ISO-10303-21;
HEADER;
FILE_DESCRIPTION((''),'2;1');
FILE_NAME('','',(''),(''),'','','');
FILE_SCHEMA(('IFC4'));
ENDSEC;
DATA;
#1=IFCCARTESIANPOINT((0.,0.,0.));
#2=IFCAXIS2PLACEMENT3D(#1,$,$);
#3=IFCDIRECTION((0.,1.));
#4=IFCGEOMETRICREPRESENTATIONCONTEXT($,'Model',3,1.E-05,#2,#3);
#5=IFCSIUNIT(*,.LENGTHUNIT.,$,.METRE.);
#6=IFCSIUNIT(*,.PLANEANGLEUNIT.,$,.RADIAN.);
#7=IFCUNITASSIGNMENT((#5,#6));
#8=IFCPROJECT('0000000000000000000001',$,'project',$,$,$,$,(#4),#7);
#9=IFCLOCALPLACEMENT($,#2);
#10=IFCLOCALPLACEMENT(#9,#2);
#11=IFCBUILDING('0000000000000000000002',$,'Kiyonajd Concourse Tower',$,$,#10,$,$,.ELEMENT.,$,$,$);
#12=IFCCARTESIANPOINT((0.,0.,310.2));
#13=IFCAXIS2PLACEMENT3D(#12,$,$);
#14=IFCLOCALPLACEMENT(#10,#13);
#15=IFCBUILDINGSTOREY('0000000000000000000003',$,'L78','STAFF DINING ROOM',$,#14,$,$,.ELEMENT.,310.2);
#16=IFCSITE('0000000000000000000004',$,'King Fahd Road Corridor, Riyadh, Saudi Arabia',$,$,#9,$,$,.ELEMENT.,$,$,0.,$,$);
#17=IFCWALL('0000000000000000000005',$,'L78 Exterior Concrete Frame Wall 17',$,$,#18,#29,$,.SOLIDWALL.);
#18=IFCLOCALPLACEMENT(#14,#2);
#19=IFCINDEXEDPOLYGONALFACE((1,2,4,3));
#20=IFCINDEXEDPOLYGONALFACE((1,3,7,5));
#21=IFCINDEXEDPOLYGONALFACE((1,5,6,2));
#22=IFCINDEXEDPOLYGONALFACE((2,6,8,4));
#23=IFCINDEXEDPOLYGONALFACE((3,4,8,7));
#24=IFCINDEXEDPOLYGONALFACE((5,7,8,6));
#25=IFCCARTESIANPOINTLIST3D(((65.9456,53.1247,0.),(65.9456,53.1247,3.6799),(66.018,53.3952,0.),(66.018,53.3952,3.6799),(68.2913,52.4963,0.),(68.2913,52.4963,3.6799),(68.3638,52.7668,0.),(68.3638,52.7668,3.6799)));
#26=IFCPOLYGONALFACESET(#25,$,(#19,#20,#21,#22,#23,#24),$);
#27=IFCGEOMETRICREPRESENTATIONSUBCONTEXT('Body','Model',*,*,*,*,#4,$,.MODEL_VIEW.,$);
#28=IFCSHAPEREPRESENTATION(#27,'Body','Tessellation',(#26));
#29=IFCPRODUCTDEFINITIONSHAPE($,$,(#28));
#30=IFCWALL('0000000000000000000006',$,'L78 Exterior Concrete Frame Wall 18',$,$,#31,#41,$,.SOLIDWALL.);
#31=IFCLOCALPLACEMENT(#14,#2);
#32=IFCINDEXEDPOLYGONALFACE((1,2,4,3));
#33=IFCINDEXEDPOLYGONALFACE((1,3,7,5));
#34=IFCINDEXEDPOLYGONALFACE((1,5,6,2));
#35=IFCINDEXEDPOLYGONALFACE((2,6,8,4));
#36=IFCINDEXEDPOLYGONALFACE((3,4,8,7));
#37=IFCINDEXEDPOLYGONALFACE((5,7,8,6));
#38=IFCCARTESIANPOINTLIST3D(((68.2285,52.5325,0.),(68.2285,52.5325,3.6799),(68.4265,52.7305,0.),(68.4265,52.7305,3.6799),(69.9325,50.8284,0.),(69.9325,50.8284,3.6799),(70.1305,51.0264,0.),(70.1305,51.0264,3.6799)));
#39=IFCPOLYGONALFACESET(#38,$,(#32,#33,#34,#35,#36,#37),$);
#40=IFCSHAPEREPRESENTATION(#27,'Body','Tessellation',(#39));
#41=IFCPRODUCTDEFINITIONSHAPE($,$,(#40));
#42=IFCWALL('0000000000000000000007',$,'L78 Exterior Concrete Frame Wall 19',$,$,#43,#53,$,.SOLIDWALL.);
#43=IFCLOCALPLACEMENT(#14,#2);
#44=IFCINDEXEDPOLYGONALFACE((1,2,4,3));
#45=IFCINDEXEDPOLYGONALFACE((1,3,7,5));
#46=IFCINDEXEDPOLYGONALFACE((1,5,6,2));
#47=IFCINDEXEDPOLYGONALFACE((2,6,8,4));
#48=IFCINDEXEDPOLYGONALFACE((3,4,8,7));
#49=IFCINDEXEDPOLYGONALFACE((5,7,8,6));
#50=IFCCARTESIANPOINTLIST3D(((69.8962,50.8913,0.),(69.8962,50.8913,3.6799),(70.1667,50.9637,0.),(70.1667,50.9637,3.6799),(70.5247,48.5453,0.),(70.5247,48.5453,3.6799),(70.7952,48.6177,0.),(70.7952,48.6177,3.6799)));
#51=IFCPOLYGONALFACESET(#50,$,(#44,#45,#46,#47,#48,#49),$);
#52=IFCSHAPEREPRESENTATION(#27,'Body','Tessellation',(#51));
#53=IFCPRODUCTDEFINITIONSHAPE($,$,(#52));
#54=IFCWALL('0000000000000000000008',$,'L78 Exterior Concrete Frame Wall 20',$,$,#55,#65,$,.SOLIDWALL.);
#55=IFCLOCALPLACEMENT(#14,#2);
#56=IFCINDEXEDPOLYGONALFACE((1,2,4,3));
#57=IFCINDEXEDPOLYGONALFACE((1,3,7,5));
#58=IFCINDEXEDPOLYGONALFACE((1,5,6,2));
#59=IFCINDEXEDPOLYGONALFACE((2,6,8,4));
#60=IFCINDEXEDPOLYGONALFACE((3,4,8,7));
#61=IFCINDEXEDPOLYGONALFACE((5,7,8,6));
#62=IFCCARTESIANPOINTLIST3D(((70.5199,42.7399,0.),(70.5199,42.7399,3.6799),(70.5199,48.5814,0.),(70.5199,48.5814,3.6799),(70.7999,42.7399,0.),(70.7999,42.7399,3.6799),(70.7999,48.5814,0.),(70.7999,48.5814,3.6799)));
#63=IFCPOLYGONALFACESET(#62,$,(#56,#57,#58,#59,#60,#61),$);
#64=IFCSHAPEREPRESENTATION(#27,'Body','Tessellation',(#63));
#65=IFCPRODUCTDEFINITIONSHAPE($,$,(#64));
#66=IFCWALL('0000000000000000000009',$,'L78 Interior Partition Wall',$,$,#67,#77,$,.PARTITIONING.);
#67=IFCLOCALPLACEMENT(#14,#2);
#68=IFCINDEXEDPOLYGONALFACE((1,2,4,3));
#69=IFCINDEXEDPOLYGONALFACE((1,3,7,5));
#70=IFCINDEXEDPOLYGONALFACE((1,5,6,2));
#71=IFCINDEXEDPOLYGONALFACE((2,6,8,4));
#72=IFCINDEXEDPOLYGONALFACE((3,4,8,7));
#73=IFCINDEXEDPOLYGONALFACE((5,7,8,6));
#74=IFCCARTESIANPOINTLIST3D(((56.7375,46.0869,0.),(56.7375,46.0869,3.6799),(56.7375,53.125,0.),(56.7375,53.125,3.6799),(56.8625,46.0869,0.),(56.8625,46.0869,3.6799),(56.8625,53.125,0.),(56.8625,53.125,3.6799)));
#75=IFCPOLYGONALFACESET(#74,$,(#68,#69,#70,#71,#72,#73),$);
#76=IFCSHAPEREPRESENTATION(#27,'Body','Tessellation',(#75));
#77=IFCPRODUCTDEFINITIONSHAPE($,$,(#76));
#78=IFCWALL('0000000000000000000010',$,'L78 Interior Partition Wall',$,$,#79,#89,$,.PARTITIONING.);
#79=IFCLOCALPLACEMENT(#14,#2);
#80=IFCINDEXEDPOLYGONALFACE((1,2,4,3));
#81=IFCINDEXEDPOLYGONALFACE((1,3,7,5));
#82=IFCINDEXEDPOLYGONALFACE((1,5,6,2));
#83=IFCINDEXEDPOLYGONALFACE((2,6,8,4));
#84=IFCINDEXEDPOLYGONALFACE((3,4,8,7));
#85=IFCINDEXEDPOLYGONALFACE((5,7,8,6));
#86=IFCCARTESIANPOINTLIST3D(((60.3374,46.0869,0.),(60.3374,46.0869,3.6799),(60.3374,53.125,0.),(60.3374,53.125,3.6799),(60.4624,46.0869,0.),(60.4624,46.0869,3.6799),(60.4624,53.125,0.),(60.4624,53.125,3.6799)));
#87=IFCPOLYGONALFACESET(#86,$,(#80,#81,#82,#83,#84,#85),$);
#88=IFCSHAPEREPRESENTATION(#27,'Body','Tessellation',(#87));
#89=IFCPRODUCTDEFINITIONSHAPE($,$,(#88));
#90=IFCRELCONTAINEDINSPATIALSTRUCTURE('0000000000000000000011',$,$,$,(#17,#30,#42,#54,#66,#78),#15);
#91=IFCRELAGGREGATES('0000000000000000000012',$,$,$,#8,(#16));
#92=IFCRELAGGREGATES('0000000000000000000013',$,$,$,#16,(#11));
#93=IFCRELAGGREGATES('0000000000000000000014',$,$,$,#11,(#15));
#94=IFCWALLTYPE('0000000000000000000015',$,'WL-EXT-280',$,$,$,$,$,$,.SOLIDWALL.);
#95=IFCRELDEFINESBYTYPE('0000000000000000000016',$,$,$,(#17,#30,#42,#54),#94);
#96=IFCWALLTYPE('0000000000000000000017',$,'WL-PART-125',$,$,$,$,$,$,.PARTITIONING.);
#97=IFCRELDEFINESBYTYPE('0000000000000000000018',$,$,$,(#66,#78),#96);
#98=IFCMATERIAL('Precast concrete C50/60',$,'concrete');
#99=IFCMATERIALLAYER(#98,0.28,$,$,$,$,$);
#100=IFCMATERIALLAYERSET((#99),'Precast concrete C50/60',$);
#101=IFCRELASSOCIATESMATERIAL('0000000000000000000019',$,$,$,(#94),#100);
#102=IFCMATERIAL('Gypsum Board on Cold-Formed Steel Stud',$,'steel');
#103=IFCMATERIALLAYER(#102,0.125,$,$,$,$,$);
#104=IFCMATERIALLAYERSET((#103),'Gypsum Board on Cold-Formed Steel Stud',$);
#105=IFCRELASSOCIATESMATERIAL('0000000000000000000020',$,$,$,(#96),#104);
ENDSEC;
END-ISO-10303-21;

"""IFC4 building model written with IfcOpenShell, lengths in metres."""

from ifc_helpers import new_model, si_unit, direction, frame, frame_2d, origin, place, context, subcontext, project, spatial, rectangle, extrude, material, layer, layer_set, type_object, element, save


model = new_model("IFC4")

# Units and contexts
model_context = context("Model", 3, precision=1e-05, world=origin(), true_north=direction((0.0, 1.0)))
body_context = subcontext(model_context, "Body", "Model", "MODEL_VIEW")
ifc_project = project(units=[si_unit("LENGTHUNIT", "METRE"), si_unit("PLANEANGLEUNIT", "RADIAN")], contexts=[model_context])

# Site, building, storey
site_placement = place(None, origin())
site = spatial("IfcSite", under=ifc_project, at=site_placement, Name="King Fahd Road Corridor, Riyadh, Saudi Arabia", CompositionType="ELEMENT", RefElevation=0.0)
building_placement = place(site_placement, origin())
building = spatial("IfcBuilding", under=site, at=building_placement, Name="Kiyonajd Concourse Tower", CompositionType="ELEMENT")
storey_placement = place(building_placement, frame((0.0, 0.0, 310.2)))
storey = spatial("IfcBuildingStorey", under=building, at=storey_placement, Name="L78", Description="STAFF DINING ROOM", CompositionType="ELEMENT", Elevation=310.2)

# Walls
ifc_material_1 = material(Name="Precast concrete C50/60", Category="concrete")
ifc_layer_1 = layer(ifc_material_1, 0.28)
ifc_layer_set_1 = layer_set([ifc_layer_1], Name="Precast concrete C50/60")
wall_type_1 = type_object("IfcWallType", Name="WL-EXT-280", PredefinedType="SOLIDWALL", material=ifc_layer_set_1)
wall_1_placement = place(storey_placement, frame((65.9817, 53.26, 0.0), z_axis=(0.0, 0.0, 1.0), x_axis=(0.965937, -0.258776, 0.0)))
element("IfcWall", 1, at=wall_1_placement, inside=storey, type_object=wall_type_1, Name="L78 Exterior Concrete Frame Wall 17", PredefinedType="SOLIDWALL", context=body_context, shape_type="SweptSolid", body=[
    extrude(rectangle(XDim=2.4285, YDim=0.28, at=frame_2d((1.2144, 0.0))), origin(), (0.0, 0.0, 1.0), 3.6799),
])
wall_2_placement = place(storey_placement, frame((68.3274, 52.6316, 0.0), z_axis=(0.0, 0.0, 1.0), x_axis=(0.707107, -0.707107, 0.0)))
element("IfcWall", 2, at=wall_2_placement, inside=storey, type_object=wall_type_1, Name="L78 Exterior Concrete Frame Wall 18", PredefinedType="SOLIDWALL", context=body_context, shape_type="SweptSolid", body=[
    extrude(rectangle(XDim=2.4099, YDim=0.28, at=frame_2d((1.2051, 0.0))), origin(), (0.0, 0.0, 1.0), 3.6799),
])
wall_3_placement = place(storey_placement, frame((70.0315, 50.9275, 0.0), z_axis=(0.0, 0.0, 1.0), x_axis=(0.258751, -0.965944, 0.0)))
element("IfcWall", 3, at=wall_3_placement, inside=storey, type_object=wall_type_1, Name="L78 Exterior Concrete Frame Wall 19", PredefinedType="SOLIDWALL", context=body_context, shape_type="SweptSolid", body=[
    extrude(rectangle(XDim=2.4287, YDim=0.28, at=frame_2d((1.2144, 0.0))), origin(), (0.0, 0.0, 1.0), 3.6799),
])
wall_4_placement = place(storey_placement, frame((70.6599, 48.5815, 0.0), z_axis=(0.0, 0.0, 1.0), x_axis=(0.0, -1.0, 0.0)))
element("IfcWall", 4, at=wall_4_placement, inside=storey, type_object=wall_type_1, Name="L78 Exterior Concrete Frame Wall 20", PredefinedType="SOLIDWALL", context=body_context, shape_type="SweptSolid", body=[
    extrude(rectangle(XDim=5.8416, YDim=0.28, at=frame_2d((2.9209, 0.0))), origin(), (0.0, 0.0, 1.0), 3.6799),
])
ifc_material_2 = material(Name="Gypsum Board on Cold-Formed Steel Stud", Category="steel")
ifc_layer_2 = layer(ifc_material_2, 0.125)
ifc_layer_set_2 = layer_set([ifc_layer_2], Name="Gypsum Board on Cold-Formed Steel Stud")
wall_type_2 = type_object("IfcWallType", Name="WL-PART-125", PredefinedType="PARTITIONING", material=ifc_layer_set_2)
for number, where, z_axis, x_axis, name in (
    (5, (56.8, 46.0869, 0.0), (0.0, 0.0, 1.0), (0.0, 1.0, 0.0), "L78 Interior Partition Wall"),
    (6, (60.3999, 46.0869, 0.0), (0.0, 0.0, 1.0), (0.0, 1.0, 0.0), "L78 Interior Partition Wall"),
):
    element("IfcWall", number, at=place(storey_placement, frame(where, z_axis=z_axis, x_axis=x_axis)), inside=storey, type_object=wall_type_2, Name=name, PredefinedType="PARTITIONING", context=body_context, shape_type="SweptSolid", body=[
        extrude(rectangle(XDim=7.0381, YDim=0.125, at=frame_2d((3.519, 0.0))), origin(), (0.0, 0.0, 1.0), 3.6799),
    ])

save(model, "model.ifc")
